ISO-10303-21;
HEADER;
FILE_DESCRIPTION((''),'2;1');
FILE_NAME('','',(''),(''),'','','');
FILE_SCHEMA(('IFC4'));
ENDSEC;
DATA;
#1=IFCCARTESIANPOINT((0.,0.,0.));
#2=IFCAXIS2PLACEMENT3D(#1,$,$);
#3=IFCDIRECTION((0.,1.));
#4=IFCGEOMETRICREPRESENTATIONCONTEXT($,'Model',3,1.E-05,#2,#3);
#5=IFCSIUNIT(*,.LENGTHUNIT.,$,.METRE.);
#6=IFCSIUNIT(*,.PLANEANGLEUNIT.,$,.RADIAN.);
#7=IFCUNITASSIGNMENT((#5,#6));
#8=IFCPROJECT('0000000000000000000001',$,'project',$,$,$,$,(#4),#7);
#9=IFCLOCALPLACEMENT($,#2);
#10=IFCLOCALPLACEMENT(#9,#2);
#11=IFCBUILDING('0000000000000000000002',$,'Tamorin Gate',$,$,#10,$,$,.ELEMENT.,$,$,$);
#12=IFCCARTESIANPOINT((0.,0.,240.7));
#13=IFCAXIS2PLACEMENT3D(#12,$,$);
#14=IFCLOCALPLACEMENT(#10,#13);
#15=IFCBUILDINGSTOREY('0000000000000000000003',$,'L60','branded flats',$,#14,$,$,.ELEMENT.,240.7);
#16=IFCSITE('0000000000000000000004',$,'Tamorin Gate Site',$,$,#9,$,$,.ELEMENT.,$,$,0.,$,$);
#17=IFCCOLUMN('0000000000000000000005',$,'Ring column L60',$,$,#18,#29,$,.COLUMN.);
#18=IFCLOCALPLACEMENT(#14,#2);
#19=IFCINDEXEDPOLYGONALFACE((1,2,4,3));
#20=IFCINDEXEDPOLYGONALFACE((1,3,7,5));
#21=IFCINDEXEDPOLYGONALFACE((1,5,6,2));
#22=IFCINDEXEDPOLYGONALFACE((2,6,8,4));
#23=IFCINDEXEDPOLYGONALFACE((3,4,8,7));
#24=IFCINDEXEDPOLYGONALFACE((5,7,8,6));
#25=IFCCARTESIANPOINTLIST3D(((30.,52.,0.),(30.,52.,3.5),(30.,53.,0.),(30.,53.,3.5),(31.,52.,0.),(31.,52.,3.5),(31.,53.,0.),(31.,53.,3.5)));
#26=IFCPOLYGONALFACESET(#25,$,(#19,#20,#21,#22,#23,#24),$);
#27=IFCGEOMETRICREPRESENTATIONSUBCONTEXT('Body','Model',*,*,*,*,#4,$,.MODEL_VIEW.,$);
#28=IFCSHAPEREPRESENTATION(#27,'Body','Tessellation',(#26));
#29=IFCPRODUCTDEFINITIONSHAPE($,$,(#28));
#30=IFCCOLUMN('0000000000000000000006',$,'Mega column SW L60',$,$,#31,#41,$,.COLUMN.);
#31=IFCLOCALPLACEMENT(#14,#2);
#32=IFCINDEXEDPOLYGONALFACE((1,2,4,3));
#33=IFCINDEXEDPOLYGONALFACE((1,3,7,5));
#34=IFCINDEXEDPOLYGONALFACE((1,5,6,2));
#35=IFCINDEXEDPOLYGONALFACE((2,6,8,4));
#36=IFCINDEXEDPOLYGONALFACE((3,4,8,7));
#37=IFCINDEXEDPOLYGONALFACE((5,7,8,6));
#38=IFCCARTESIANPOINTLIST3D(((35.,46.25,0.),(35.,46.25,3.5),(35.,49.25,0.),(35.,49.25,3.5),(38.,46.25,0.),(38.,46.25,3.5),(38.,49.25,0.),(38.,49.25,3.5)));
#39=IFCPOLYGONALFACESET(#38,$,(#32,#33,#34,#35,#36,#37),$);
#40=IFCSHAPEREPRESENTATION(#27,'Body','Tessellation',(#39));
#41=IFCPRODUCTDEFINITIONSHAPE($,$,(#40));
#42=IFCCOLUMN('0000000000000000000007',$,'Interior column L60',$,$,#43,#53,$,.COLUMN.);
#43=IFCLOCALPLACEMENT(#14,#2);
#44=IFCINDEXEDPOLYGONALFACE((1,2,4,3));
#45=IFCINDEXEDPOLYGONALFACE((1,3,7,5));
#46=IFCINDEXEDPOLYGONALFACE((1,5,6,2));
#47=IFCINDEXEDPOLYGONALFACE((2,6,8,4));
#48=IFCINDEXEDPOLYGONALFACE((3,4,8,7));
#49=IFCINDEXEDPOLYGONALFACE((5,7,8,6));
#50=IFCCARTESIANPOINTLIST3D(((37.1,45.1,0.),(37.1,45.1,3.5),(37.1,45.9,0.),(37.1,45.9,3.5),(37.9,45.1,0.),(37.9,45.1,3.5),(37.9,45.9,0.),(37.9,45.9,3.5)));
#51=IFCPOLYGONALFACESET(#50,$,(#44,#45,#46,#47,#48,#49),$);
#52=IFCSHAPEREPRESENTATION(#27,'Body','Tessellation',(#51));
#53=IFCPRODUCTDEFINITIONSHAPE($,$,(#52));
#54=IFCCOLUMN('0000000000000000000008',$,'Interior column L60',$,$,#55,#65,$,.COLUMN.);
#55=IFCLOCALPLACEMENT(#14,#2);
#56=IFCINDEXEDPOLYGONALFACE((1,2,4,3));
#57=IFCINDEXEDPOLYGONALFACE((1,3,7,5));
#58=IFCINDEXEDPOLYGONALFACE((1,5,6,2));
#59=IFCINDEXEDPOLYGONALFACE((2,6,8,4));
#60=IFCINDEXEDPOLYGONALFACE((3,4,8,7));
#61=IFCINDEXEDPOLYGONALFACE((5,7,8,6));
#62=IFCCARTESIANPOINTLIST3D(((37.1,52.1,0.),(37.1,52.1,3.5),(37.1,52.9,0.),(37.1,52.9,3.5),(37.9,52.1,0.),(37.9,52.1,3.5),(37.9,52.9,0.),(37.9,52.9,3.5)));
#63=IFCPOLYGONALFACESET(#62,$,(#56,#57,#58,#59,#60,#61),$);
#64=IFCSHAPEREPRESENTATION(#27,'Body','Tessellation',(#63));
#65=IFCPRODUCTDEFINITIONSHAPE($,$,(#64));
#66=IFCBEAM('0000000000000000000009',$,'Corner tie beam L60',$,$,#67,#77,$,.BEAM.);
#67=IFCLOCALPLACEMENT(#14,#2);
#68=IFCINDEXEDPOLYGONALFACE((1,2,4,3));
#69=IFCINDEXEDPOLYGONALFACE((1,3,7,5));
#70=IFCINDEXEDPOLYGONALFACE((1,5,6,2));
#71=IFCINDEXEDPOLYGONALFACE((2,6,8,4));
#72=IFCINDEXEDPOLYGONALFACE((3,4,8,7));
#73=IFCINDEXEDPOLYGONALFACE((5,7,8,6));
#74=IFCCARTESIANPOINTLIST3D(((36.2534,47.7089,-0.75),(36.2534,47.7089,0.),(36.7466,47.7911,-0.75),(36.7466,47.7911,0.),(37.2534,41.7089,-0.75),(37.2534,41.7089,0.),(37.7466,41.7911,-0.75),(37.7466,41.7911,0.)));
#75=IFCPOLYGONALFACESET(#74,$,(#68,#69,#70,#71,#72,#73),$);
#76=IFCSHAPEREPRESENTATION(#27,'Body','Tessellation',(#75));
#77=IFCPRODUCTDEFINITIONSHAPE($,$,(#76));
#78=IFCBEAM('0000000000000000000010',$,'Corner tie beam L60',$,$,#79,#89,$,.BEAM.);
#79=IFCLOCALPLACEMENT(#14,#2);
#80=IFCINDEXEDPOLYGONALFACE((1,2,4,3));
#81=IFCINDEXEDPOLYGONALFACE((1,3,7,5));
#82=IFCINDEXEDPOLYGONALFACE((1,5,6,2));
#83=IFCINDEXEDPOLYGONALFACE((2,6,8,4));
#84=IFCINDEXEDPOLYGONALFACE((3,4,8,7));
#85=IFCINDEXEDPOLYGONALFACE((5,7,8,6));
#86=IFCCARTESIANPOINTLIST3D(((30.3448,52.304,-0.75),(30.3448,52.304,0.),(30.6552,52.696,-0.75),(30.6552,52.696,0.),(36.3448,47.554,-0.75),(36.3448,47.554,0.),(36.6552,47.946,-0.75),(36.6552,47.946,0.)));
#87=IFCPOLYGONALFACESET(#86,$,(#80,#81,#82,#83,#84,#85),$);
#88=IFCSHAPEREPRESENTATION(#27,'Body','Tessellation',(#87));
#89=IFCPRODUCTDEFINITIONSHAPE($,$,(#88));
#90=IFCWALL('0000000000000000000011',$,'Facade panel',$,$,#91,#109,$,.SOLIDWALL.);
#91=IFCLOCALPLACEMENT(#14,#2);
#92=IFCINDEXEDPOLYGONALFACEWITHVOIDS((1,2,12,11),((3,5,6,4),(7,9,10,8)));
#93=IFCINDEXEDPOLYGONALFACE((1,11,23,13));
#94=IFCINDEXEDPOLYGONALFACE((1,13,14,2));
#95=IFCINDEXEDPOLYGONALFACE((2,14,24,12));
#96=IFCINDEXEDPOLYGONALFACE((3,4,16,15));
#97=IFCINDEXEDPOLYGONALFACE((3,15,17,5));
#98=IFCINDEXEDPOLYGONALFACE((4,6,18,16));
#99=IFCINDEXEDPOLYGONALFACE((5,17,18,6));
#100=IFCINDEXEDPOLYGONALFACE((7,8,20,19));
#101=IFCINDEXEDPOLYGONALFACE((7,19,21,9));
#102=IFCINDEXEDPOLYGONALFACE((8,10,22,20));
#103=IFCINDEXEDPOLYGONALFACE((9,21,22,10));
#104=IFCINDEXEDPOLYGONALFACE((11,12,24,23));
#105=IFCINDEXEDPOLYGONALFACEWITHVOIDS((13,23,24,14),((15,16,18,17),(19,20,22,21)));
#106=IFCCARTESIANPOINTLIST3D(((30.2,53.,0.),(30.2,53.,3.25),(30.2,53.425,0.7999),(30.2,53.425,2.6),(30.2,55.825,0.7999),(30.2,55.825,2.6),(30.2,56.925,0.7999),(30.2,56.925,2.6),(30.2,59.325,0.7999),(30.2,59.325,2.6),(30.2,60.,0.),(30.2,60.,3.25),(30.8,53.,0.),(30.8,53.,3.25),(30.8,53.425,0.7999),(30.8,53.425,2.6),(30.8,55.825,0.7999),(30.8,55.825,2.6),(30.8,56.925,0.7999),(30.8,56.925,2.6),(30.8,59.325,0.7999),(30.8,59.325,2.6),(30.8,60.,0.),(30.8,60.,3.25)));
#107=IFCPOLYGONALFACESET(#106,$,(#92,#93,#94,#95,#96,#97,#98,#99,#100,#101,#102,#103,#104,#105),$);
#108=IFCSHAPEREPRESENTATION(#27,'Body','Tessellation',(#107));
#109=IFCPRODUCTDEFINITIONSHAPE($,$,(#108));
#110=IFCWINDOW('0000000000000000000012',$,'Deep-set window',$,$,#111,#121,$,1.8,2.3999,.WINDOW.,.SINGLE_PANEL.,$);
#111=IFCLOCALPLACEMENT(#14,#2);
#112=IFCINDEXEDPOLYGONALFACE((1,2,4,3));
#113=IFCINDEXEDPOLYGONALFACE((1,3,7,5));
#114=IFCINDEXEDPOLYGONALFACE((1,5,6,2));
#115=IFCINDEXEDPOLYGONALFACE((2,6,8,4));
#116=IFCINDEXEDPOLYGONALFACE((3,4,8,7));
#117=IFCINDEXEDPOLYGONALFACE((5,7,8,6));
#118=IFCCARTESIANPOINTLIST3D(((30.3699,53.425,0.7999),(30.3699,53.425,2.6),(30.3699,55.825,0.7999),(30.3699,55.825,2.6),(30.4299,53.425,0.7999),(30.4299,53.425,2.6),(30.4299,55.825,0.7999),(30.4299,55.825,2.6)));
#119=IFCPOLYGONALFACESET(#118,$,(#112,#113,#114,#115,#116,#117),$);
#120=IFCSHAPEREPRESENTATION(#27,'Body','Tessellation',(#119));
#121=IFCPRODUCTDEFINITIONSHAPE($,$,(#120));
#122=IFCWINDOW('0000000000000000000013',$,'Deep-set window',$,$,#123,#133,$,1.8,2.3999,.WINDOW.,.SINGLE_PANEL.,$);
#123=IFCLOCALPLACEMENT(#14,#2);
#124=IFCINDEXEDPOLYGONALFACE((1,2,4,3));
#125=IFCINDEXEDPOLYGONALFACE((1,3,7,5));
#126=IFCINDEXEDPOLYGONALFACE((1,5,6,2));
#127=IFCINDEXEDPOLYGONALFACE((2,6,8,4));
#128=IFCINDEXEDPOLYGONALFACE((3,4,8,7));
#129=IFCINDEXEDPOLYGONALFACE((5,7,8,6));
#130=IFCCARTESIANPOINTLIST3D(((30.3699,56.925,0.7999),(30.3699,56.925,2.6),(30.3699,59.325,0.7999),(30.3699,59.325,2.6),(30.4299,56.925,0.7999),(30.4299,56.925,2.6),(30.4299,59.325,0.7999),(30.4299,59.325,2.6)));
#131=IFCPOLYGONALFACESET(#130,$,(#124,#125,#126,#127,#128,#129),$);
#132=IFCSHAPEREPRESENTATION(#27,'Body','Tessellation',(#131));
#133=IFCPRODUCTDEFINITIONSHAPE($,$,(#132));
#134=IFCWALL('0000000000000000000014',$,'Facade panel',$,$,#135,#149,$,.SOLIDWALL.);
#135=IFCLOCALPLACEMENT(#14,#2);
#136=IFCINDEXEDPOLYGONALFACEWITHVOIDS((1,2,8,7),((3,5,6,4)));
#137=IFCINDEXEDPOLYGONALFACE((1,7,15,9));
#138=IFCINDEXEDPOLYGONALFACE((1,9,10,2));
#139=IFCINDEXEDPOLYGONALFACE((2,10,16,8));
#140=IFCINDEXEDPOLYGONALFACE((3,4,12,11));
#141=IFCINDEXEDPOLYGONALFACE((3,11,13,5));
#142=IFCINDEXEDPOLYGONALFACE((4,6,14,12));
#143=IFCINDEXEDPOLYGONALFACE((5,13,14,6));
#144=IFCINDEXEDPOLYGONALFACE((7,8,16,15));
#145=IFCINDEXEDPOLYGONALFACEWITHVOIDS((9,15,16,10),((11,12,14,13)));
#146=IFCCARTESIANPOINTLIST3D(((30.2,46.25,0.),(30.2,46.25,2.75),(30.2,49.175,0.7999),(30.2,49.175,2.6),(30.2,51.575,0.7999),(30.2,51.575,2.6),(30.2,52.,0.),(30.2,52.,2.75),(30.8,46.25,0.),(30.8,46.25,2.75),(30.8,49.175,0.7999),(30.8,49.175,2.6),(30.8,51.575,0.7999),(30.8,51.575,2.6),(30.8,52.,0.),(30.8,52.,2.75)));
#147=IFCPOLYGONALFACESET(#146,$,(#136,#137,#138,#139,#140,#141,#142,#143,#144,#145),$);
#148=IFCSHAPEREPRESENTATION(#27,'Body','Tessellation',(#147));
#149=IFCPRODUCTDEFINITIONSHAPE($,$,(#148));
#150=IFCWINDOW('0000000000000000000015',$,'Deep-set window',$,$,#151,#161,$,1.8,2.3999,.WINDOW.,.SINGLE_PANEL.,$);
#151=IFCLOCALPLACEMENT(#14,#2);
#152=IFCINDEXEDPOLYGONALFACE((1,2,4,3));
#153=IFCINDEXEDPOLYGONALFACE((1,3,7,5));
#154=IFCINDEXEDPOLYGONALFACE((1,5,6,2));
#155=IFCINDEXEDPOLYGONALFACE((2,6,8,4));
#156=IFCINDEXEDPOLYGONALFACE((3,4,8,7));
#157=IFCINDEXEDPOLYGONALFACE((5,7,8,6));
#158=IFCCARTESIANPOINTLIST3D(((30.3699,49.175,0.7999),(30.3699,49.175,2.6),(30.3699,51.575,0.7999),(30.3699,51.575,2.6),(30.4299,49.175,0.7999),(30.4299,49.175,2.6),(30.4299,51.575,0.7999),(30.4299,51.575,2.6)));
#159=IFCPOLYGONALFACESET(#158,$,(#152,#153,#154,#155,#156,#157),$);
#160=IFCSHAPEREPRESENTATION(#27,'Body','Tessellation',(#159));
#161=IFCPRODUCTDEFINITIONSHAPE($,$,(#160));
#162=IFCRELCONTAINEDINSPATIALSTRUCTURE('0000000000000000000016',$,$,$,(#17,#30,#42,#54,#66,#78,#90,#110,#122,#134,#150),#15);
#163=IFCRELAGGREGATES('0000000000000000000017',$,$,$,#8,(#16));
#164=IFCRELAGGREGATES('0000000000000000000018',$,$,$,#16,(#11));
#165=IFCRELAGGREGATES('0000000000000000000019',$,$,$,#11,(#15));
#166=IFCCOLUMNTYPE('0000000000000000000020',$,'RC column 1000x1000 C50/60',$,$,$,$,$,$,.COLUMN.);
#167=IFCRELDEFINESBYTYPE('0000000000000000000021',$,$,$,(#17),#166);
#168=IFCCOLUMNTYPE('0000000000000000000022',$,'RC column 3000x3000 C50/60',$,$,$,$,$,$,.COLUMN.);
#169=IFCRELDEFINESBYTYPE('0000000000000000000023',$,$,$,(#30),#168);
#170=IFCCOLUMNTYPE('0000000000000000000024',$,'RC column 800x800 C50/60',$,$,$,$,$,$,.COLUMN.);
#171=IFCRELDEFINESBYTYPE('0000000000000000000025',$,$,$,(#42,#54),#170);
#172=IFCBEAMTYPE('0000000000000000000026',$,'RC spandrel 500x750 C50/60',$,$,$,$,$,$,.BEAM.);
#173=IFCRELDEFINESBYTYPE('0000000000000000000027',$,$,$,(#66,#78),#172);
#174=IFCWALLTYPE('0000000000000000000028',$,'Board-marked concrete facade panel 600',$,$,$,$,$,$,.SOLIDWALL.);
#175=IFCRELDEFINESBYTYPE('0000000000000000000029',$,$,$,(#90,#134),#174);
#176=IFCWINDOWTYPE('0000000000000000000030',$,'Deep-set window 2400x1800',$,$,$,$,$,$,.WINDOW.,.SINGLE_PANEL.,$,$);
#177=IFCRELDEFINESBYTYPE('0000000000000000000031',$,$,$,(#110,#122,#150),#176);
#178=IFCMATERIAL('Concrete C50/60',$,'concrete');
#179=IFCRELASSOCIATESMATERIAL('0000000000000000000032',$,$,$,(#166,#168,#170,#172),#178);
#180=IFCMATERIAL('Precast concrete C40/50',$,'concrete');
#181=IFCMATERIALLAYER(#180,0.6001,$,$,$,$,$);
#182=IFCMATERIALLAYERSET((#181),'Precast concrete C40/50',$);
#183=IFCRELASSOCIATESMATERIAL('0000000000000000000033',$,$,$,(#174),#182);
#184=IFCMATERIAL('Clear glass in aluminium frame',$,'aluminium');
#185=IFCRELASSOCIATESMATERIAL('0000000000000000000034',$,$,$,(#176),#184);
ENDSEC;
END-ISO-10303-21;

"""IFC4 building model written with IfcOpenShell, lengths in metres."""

from ifc_helpers import new_model, si_unit, direction, frame, frame_2d, origin, origin_2d, place, context, subcontext, project, spatial, rectangle, extrude, material, layer, layer_set, material_profile, profile_set, type_object, element, fill, save


model = new_model("IFC4")

# Units and contexts
model_context = context("Model", 3, precision=1e-05, world=origin(), true_north=direction((0.0, 1.0)))
body_context = subcontext(model_context, "Body", "Model", "MODEL_VIEW")
ifc_project = project(units=[si_unit("LENGTHUNIT", "METRE"), si_unit("PLANEANGLEUNIT", "RADIAN")], contexts=[model_context])

# Site, building, storey
site_placement = place(None, origin())
site = spatial("IfcSite", under=ifc_project, at=site_placement, Name="Tamorin Gate Site", CompositionType="ELEMENT", RefElevation=0.0)
building_placement = place(site_placement, origin())
building = spatial("IfcBuilding", under=site, at=building_placement, Name="Tamorin Gate", CompositionType="ELEMENT")
storey_placement = place(building_placement, frame((0.0, 0.0, 240.7)))
storey = spatial("IfcBuildingStorey", under=building, at=storey_placement, Name="L60", Description="branded flats", CompositionType="ELEMENT", Elevation=240.7)

# Columns
ifc_material_1 = material(Name="Concrete C50/60", Category="concrete")
ifc_material_profile_1 = material_profile(ifc_material_1, rectangle(XDim=1.0, YDim=1.0, at=origin_2d()), Name="RC 1000x1000")
ifc_profile_set_1 = profile_set([ifc_material_profile_1], Name="Concrete C50/60")
column_type_1 = type_object("IfcColumnType", Name="RC column 1000x1000 C50/60", PredefinedType="COLUMN", material=ifc_profile_set_1)
column_1_placement = place(storey_placement, frame((30.5, 52.5, 0.0), z_axis=(0.0, 0.0, 1.0), x_axis=(1.0, 0.0, 0.0)))
element("IfcColumn", 1, at=column_1_placement, inside=storey, type_object=column_type_1, Name="Ring column L60", PredefinedType="COLUMN", context=body_context, shape_type="SweptSolid", body=[
    extrude(rectangle(XDim=1.0, YDim=1.0, at=origin_2d()), origin(), (0.0, 0.0, 1.0), 3.5),
])
ifc_material_profile_2 = material_profile(ifc_material_1, rectangle(XDim=3.0, YDim=3.0, at=origin_2d()), Name="RC 3000x3000")
ifc_profile_set_2 = profile_set([ifc_material_profile_2], Name="Concrete C50/60")
column_type_2 = type_object("IfcColumnType", Name="RC column 3000x3000 C50/60", PredefinedType="COLUMN", material=ifc_profile_set_2)
column_2_placement = place(storey_placement, frame((36.5, 47.75, 0.0), z_axis=(0.0, 0.0, 1.0), x_axis=(1.0, 0.0, 0.0)))
element("IfcColumn", 2, at=column_2_placement, inside=storey, type_object=column_type_2, Name="Mega column SW L60", PredefinedType="COLUMN", context=body_context, shape_type="SweptSolid", body=[
    extrude(rectangle(XDim=3.0, YDim=3.0, at=origin_2d()), origin(), (0.0, 0.0, 1.0), 3.5),
])
ifc_material_profile_3 = material_profile(ifc_material_1, rectangle(XDim=0.8, YDim=0.8, at=origin_2d()), Name="RC 800x800")
ifc_profile_set_3 = profile_set([ifc_material_profile_3], Name="Concrete C50/60")
column_type_3 = type_object("IfcColumnType", Name="RC column 800x800 C50/60", PredefinedType="COLUMN", material=ifc_profile_set_3)
for number, where, z_axis, x_axis, name in (
    (3, (37.5, 45.5, 0.0), (0.0, 0.0, 1.0), (1.0, 0.0, 0.0), "Interior column L60"),
    (4, (37.5, 52.5, 0.0), (0.0, 0.0, 1.0), (1.0, 0.0, 0.0), "Interior column L60"),
):
    element("IfcColumn", number, at=place(storey_placement, frame(where, z_axis=z_axis, x_axis=x_axis)), inside=storey, type_object=column_type_3, Name=name, PredefinedType="COLUMN", context=body_context, shape_type="SweptSolid", body=[
        extrude(rectangle(XDim=0.8, YDim=0.8, at=origin_2d()), origin(), (0.0, 0.0, 1.0), 3.5),
    ])

# Beams
ifc_material_profile_4 = material_profile(ifc_material_1, rectangle(XDim=0.5, YDim=0.75, at=origin_2d()), Name="RC 500x750")
ifc_profile_set_4 = profile_set([ifc_material_profile_4], Name="Concrete C50/60")
beam_type = type_object("IfcBeamType", Name="RC spandrel 500x750 C50/60", PredefinedType="BEAM", material=ifc_profile_set_4)
beam_1_placement = place(storey_placement, frame((36.5, 47.75, -0.375), z_axis=(0.164399, -0.986394, 0.0), x_axis=(0.986394, 0.164399, 0.0)))
element("IfcBeam", 5, at=beam_1_placement, inside=storey, type_object=beam_type, Name="Corner tie beam L60", PredefinedType="BEAM", context=body_context, shape_type="SweptSolid", body=[
    extrude(rectangle(XDim=0.5, YDim=0.75, at=origin_2d()), origin(), (0.0, 0.0, 1.0), 6.0828),
])
beam_2_placement = place(storey_placement, frame((36.5, 47.75, -0.375), z_axis=(-0.784046, 0.620703, 0.0), x_axis=(-0.620703, -0.784046, 0.0)))
element("IfcBeam", 6, at=beam_2_placement, inside=storey, type_object=beam_type, Name="Corner tie beam L60", PredefinedType="BEAM", context=body_context, shape_type="SweptSolid", body=[
    extrude(rectangle(XDim=0.5, YDim=0.75, at=origin_2d()), origin(), (0.0, 0.0, 1.0), 7.6526),
])

# Wall, openings, windows
ifc_material_2 = material(Name="Precast concrete C40/50", Category="concrete")
ifc_layer_1 = layer(ifc_material_2, 0.6001)
ifc_layer_set_1 = layer_set([ifc_layer_1], Name="Precast concrete C40/50")
wall_type_1 = type_object("IfcWallType", Name="Board-marked concrete facade panel 600", PredefinedType="SOLIDWALL", material=ifc_layer_set_1)
wall_1_placement = place(storey_placement, frame((30.5, 60.0, 0.0), z_axis=(0.0, 0.0, 1.0), x_axis=(0.0, -1.0, 0.0)))
wall_1 = element("IfcWall", 7, at=wall_1_placement, inside=storey, type_object=wall_type_1, Name="Facade panel", PredefinedType="SOLIDWALL", context=body_context, shape_type="SweptSolid", body=[
    extrude(rectangle(XDim=7.0, YDim=0.6001, at=frame_2d((3.5, 0.0))), origin(), (0.0, 0.0, 1.0), 3.25),
])
opening_1_placement = place(wall_1_placement, frame((4.175, 0.0, 0.8)))
opening_1 = element("IfcOpeningElement", 8, at=opening_1_placement, cuts=wall_1, PredefinedType="OPENING", context=body_context, shape_type="SweptSolid", body=[
    extrude(rectangle(XDim=2.3999, YDim=1.8, at=frame_2d((1.2, 0.8999))), frame((0.0, 0.3101, 0.0), z_axis=(0.0, -1.0, 0.0), x_axis=(1.0, 0.0, 0.0)), (0.0, 0.0, 1.0), 0.6201),
])
opening_2_placement = place(wall_1_placement, frame((0.675, 0.0, 0.8)))
opening_2 = element("IfcOpeningElement", 9, at=opening_2_placement, cuts=wall_1, PredefinedType="OPENING", context=body_context, shape_type="SweptSolid", body=[
    extrude(rectangle(XDim=2.3999, YDim=1.8, at=frame_2d((1.2, 0.8999))), frame((0.0, 0.3101, 0.0), z_axis=(0.0, -1.0, 0.0), x_axis=(1.0, 0.0, 0.0)), (0.0, 0.0, 1.0), 0.6201),
])
ifc_material_3 = material(Name="Clear glass in aluminium frame", Category="aluminium")
window_type = type_object("IfcWindowType", Name="Deep-set window 2400x1800", PartitioningType="SINGLE_PANEL", PredefinedType="WINDOW", material=ifc_material_3)
window_1_placement = place(opening_1_placement, origin())
window_1 = element("IfcWindow", 10, at=window_1_placement, inside=storey, type_object=window_type, Name="Deep-set window", OverallHeight=1.8, OverallWidth=2.3999, PartitioningType="SINGLE_PANEL", PredefinedType="WINDOW", context=body_context, shape_type="SweptSolid", body=[
    extrude(rectangle(XDim=2.3999, YDim=1.8, at=frame_2d((1.2, 0.8999))), frame((0.0, -0.0701, 0.0), z_axis=(0.0, -1.0, 0.0), x_axis=(1.0, 0.0, 0.0)), (0.0, 0.0, 1.0), 0.0601),
])
fill(opening_1, window_1)
window_2_placement = place(opening_2_placement, origin())
window_2 = element("IfcWindow", 11, at=window_2_placement, inside=storey, type_object=window_type, Name="Deep-set window", OverallHeight=1.8, OverallWidth=2.3999, PartitioningType="SINGLE_PANEL", PredefinedType="WINDOW", context=body_context, shape_type="SweptSolid", body=[
    extrude(rectangle(XDim=2.3999, YDim=1.8, at=frame_2d((1.2, 0.8999))), frame((0.0, -0.0701, 0.0), z_axis=(0.0, -1.0, 0.0), x_axis=(1.0, 0.0, 0.0)), (0.0, 0.0, 1.0), 0.0601),
])
fill(opening_2, window_2)

# Wall, opening, window
wall_2_placement = place(storey_placement, frame((30.5, 52.0, 0.0), z_axis=(0.0, 0.0, 1.0), x_axis=(0.0, -1.0, 0.0)))
wall_2 = element("IfcWall", 12, at=wall_2_placement, inside=storey, type_object=wall_type_1, Name="Facade panel", PredefinedType="SOLIDWALL", context=body_context, shape_type="SweptSolid", body=[
    extrude(rectangle(XDim=5.75, YDim=0.6001, at=frame_2d((2.875, 0.0))), origin(), (0.0, 0.0, 1.0), 2.75),
])
opening_3_placement = place(wall_2_placement, frame((0.425, 0.0, 0.8)))
opening_3 = element("IfcOpeningElement", 13, at=opening_3_placement, cuts=wall_2, PredefinedType="OPENING", context=body_context, shape_type="SweptSolid", body=[
    extrude(rectangle(XDim=2.3999, YDim=1.8, at=frame_2d((1.2, 0.8999))), frame((0.0, 0.3101, 0.0), z_axis=(0.0, -1.0, 0.0), x_axis=(1.0, 0.0, 0.0)), (0.0, 0.0, 1.0), 0.6201),
])
window_3_placement = place(opening_3_placement, origin())
window_3 = element("IfcWindow", 14, at=window_3_placement, inside=storey, type_object=window_type, Name="Deep-set window", OverallHeight=1.8, OverallWidth=2.3999, PartitioningType="SINGLE_PANEL", PredefinedType="WINDOW", context=body_context, shape_type="SweptSolid", body=[
    extrude(rectangle(XDim=2.3999, YDim=1.8, at=frame_2d((1.2, 0.8999))), frame((0.0, -0.0701, 0.0), z_axis=(0.0, -1.0, 0.0), x_axis=(1.0, 0.0, 0.0)), (0.0, 0.0, 1.0), 0.0601),
])
fill(opening_3, window_3)

save(model, "model.ifc")
